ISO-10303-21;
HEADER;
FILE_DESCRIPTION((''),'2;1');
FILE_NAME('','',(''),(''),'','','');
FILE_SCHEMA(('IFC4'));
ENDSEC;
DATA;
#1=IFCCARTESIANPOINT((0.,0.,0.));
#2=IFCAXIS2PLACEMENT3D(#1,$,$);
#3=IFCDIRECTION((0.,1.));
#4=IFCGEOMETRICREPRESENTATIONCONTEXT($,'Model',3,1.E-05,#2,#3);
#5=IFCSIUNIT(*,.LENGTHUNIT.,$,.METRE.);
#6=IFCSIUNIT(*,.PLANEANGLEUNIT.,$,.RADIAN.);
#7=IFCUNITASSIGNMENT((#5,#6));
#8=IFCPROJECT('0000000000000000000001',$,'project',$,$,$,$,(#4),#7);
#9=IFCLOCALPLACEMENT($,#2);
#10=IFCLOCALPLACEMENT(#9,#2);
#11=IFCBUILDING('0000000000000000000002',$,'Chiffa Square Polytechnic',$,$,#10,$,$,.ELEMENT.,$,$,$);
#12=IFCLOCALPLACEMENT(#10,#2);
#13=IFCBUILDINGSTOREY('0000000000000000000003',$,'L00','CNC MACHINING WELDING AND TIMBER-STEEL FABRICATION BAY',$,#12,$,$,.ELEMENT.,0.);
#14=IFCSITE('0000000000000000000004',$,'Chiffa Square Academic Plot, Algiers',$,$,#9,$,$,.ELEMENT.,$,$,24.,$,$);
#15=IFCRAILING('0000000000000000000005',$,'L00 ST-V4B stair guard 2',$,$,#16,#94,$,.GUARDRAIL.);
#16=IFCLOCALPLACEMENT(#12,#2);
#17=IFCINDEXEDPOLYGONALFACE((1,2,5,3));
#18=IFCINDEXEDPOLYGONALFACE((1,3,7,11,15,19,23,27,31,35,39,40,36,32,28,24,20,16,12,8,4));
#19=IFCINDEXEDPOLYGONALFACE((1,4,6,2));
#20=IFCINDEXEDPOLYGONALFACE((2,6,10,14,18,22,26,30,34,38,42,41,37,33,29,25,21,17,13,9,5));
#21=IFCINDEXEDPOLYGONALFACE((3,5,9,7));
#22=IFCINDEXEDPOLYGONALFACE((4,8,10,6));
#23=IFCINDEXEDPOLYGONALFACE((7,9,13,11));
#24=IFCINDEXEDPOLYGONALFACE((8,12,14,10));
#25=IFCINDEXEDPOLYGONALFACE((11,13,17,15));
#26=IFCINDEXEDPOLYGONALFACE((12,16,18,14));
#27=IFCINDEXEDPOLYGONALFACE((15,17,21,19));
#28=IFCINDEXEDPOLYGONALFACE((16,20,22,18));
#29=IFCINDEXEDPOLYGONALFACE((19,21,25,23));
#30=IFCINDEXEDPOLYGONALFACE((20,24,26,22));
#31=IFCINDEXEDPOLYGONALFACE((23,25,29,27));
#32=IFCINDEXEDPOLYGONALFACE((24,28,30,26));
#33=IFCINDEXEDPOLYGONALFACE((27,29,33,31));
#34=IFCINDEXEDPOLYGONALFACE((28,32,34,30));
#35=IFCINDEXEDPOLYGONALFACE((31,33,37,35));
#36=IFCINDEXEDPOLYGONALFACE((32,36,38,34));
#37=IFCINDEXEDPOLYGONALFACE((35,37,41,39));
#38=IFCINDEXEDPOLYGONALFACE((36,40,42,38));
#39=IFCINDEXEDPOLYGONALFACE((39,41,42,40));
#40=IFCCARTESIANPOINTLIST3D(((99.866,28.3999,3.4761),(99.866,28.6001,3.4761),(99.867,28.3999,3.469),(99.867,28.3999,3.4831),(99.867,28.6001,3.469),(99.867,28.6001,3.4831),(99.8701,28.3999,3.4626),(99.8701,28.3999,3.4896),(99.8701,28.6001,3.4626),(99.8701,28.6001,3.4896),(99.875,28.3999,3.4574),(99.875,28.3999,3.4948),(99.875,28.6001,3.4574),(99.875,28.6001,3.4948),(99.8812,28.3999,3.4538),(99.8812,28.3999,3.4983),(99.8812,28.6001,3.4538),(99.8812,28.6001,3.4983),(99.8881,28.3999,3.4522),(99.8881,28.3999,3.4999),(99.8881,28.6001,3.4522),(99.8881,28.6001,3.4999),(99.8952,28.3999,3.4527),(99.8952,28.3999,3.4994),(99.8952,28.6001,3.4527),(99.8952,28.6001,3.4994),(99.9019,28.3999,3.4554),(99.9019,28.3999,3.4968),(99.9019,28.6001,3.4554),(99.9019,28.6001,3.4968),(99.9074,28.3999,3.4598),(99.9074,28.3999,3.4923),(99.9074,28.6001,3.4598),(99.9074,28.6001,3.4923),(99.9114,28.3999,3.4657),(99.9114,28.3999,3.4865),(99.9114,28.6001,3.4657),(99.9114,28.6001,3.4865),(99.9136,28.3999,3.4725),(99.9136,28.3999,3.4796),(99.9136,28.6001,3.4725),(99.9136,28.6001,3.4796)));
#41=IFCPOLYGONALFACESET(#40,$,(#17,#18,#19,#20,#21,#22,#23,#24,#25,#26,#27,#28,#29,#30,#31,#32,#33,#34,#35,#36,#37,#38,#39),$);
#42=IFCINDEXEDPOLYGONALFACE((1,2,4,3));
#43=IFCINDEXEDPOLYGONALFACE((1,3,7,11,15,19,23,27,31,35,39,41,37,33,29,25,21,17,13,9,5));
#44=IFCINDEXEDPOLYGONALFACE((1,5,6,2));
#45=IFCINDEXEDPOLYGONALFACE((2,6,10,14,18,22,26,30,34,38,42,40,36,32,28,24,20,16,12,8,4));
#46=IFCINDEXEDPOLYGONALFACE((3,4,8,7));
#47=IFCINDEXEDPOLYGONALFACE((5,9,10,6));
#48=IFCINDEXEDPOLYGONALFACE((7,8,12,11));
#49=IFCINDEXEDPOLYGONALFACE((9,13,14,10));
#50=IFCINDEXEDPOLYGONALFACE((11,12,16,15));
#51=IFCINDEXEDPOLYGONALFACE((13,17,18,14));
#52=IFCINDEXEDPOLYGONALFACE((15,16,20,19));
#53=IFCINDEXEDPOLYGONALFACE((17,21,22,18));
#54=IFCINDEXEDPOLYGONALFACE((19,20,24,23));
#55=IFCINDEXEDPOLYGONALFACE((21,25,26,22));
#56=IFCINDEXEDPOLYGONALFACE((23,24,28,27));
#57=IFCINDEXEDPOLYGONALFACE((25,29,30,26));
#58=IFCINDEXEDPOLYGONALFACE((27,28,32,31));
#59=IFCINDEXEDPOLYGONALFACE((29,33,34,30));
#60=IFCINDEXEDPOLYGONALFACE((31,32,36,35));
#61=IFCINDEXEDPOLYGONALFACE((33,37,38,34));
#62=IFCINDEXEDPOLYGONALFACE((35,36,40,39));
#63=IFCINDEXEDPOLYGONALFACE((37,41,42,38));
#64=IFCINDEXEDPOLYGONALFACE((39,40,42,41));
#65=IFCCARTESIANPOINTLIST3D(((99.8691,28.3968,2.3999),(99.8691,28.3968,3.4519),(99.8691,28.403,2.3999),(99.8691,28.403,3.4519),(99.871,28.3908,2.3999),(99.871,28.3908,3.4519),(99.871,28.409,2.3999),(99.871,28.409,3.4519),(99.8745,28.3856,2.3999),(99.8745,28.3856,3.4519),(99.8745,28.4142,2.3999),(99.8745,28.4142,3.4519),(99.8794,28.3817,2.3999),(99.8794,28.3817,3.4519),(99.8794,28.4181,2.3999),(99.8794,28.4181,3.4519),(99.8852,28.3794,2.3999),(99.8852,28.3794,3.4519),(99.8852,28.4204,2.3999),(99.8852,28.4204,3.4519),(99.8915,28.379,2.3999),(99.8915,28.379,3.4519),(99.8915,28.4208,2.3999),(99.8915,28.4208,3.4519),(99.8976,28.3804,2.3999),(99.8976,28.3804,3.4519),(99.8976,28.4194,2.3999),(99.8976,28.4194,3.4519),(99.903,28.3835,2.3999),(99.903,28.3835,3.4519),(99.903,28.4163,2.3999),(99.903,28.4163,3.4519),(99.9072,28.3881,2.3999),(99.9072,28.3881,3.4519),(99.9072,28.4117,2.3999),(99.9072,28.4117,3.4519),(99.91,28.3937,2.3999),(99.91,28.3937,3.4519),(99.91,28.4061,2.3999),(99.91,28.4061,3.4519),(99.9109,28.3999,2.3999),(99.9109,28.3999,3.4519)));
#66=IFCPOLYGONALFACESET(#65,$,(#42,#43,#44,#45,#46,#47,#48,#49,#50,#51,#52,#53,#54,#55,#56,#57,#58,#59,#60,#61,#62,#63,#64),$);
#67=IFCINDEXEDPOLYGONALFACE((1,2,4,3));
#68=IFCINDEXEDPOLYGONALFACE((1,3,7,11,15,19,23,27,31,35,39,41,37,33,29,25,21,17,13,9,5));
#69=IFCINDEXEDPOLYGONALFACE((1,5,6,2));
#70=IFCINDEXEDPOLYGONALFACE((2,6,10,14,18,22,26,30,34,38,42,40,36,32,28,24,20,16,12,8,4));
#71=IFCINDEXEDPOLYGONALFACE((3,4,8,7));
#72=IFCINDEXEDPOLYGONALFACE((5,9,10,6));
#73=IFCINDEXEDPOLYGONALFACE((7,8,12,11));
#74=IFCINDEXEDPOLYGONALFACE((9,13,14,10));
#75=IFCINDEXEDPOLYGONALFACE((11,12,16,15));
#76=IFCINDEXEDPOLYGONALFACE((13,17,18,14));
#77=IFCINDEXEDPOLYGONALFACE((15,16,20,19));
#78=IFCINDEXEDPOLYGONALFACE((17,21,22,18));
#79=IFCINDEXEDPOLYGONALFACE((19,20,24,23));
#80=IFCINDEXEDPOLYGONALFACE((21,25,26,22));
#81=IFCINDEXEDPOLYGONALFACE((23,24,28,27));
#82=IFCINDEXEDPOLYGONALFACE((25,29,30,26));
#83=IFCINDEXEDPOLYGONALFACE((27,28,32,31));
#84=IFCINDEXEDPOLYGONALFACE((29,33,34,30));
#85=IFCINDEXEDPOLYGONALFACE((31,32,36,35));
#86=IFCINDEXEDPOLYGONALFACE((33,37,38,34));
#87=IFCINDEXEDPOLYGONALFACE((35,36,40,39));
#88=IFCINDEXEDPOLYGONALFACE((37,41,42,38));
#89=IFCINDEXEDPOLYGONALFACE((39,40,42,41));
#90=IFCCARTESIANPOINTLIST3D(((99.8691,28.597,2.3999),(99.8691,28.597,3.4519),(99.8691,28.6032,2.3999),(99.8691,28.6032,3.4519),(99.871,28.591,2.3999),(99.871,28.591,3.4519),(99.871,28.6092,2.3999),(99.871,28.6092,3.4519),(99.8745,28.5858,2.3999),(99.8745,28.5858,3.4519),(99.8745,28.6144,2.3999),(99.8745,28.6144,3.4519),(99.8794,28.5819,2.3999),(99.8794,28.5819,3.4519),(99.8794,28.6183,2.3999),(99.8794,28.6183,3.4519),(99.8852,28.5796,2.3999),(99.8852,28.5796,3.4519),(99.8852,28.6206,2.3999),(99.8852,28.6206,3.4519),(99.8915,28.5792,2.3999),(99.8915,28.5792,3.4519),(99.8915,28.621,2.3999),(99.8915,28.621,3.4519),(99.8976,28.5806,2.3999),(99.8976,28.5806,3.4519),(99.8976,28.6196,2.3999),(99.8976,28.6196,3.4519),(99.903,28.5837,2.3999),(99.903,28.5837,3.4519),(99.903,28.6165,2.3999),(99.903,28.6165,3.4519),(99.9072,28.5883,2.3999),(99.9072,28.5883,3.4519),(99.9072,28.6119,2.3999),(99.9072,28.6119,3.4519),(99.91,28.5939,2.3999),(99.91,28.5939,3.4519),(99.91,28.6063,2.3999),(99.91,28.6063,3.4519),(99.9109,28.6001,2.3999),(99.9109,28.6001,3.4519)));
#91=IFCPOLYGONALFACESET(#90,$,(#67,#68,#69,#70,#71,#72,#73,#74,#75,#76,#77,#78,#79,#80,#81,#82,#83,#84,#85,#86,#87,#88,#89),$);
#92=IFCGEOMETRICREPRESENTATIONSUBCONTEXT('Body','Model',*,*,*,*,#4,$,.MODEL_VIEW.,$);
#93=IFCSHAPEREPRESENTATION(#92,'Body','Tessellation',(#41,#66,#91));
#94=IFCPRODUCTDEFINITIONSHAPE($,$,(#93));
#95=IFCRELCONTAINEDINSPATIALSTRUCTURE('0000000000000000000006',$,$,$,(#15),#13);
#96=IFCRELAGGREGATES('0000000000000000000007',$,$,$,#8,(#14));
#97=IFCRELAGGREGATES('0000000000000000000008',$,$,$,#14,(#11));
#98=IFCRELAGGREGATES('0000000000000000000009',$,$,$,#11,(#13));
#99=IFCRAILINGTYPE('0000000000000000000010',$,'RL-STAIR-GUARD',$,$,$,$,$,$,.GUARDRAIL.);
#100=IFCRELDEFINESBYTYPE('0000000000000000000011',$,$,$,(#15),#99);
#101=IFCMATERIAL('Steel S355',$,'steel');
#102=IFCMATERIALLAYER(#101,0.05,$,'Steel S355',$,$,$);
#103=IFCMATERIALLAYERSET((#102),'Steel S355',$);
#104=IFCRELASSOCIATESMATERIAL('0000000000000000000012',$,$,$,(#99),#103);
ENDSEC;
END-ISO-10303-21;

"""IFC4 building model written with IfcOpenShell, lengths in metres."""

from ifc_helpers import new_model, si_unit, direction, frame, origin, origin_2d, place, context, subcontext, project, spatial, circle, extrude, material, layer, layer_set, type_object, element, save


model = new_model("IFC4")

# Units and contexts
model_context = context("Model", 3, precision=1e-05, world=origin(), true_north=direction((0.0, 1.0)))
body_context = subcontext(model_context, "Body", "Model", "MODEL_VIEW")
ifc_project = project(units=[si_unit("LENGTHUNIT", "METRE"), si_unit("PLANEANGLEUNIT", "RADIAN")], contexts=[model_context])

# Site, building, storey
site_placement = place(None, origin())
site = spatial("IfcSite", under=ifc_project, at=site_placement, Name="Chiffa Square Academic Plot, Algiers", CompositionType="ELEMENT", RefElevation=24.0)
building_placement = place(site_placement, origin())
building = spatial("IfcBuilding", under=site, at=building_placement, Name="Chiffa Square Polytechnic", CompositionType="ELEMENT")
storey_placement = place(building_placement, origin())
storey = spatial("IfcBuildingStorey", under=building, at=storey_placement, Name="L00", Description="CNC MACHINING WELDING AND TIMBER-STEEL FABRICATION BAY", CompositionType="ELEMENT", Elevation=0.0)

# Railing
ifc_material_1 = material(Name="Steel S355", Category="steel")
ifc_layer_1 = layer(ifc_material_1, 0.05, Name="Steel S355")
ifc_layer_set_1 = layer_set([ifc_layer_1], Name="Steel S355")
railing_type_1 = type_object("IfcRailingType", Name="RL-STAIR-GUARD", PredefinedType="GUARDRAIL", material=ifc_layer_set_1)
railing_1_placement = place(storey_placement, frame((99.8899, 28.3999, 2.3999)))
element("IfcRailing", 1, at=railing_1_placement, inside=storey, type_object=railing_type_1, Name="L00 ST-V4B stair guard 2", PredefinedType="GUARDRAIL", context=body_context, shape_type="SweptSolid", body=[
    extrude(circle(Radius=0.0239, at=origin_2d()), frame((0.0, 0.0, 1.0762), z_axis=(0.0, 1.0, 0.0), x_axis=(-1.0, 0.0, 0.0)), (0.0, 0.0, 1.0), 0.2002),
    extrude(circle(Radius=0.021, at=origin_2d()), origin(), (0.0, 0.0, 1.0), 1.052),
    extrude(circle(Radius=0.021, at=origin_2d()), frame((0.0, 0.2002, 0.0)), (0.0, 0.0, 1.0), 1.052),
])

save(model, "model.ifc")
